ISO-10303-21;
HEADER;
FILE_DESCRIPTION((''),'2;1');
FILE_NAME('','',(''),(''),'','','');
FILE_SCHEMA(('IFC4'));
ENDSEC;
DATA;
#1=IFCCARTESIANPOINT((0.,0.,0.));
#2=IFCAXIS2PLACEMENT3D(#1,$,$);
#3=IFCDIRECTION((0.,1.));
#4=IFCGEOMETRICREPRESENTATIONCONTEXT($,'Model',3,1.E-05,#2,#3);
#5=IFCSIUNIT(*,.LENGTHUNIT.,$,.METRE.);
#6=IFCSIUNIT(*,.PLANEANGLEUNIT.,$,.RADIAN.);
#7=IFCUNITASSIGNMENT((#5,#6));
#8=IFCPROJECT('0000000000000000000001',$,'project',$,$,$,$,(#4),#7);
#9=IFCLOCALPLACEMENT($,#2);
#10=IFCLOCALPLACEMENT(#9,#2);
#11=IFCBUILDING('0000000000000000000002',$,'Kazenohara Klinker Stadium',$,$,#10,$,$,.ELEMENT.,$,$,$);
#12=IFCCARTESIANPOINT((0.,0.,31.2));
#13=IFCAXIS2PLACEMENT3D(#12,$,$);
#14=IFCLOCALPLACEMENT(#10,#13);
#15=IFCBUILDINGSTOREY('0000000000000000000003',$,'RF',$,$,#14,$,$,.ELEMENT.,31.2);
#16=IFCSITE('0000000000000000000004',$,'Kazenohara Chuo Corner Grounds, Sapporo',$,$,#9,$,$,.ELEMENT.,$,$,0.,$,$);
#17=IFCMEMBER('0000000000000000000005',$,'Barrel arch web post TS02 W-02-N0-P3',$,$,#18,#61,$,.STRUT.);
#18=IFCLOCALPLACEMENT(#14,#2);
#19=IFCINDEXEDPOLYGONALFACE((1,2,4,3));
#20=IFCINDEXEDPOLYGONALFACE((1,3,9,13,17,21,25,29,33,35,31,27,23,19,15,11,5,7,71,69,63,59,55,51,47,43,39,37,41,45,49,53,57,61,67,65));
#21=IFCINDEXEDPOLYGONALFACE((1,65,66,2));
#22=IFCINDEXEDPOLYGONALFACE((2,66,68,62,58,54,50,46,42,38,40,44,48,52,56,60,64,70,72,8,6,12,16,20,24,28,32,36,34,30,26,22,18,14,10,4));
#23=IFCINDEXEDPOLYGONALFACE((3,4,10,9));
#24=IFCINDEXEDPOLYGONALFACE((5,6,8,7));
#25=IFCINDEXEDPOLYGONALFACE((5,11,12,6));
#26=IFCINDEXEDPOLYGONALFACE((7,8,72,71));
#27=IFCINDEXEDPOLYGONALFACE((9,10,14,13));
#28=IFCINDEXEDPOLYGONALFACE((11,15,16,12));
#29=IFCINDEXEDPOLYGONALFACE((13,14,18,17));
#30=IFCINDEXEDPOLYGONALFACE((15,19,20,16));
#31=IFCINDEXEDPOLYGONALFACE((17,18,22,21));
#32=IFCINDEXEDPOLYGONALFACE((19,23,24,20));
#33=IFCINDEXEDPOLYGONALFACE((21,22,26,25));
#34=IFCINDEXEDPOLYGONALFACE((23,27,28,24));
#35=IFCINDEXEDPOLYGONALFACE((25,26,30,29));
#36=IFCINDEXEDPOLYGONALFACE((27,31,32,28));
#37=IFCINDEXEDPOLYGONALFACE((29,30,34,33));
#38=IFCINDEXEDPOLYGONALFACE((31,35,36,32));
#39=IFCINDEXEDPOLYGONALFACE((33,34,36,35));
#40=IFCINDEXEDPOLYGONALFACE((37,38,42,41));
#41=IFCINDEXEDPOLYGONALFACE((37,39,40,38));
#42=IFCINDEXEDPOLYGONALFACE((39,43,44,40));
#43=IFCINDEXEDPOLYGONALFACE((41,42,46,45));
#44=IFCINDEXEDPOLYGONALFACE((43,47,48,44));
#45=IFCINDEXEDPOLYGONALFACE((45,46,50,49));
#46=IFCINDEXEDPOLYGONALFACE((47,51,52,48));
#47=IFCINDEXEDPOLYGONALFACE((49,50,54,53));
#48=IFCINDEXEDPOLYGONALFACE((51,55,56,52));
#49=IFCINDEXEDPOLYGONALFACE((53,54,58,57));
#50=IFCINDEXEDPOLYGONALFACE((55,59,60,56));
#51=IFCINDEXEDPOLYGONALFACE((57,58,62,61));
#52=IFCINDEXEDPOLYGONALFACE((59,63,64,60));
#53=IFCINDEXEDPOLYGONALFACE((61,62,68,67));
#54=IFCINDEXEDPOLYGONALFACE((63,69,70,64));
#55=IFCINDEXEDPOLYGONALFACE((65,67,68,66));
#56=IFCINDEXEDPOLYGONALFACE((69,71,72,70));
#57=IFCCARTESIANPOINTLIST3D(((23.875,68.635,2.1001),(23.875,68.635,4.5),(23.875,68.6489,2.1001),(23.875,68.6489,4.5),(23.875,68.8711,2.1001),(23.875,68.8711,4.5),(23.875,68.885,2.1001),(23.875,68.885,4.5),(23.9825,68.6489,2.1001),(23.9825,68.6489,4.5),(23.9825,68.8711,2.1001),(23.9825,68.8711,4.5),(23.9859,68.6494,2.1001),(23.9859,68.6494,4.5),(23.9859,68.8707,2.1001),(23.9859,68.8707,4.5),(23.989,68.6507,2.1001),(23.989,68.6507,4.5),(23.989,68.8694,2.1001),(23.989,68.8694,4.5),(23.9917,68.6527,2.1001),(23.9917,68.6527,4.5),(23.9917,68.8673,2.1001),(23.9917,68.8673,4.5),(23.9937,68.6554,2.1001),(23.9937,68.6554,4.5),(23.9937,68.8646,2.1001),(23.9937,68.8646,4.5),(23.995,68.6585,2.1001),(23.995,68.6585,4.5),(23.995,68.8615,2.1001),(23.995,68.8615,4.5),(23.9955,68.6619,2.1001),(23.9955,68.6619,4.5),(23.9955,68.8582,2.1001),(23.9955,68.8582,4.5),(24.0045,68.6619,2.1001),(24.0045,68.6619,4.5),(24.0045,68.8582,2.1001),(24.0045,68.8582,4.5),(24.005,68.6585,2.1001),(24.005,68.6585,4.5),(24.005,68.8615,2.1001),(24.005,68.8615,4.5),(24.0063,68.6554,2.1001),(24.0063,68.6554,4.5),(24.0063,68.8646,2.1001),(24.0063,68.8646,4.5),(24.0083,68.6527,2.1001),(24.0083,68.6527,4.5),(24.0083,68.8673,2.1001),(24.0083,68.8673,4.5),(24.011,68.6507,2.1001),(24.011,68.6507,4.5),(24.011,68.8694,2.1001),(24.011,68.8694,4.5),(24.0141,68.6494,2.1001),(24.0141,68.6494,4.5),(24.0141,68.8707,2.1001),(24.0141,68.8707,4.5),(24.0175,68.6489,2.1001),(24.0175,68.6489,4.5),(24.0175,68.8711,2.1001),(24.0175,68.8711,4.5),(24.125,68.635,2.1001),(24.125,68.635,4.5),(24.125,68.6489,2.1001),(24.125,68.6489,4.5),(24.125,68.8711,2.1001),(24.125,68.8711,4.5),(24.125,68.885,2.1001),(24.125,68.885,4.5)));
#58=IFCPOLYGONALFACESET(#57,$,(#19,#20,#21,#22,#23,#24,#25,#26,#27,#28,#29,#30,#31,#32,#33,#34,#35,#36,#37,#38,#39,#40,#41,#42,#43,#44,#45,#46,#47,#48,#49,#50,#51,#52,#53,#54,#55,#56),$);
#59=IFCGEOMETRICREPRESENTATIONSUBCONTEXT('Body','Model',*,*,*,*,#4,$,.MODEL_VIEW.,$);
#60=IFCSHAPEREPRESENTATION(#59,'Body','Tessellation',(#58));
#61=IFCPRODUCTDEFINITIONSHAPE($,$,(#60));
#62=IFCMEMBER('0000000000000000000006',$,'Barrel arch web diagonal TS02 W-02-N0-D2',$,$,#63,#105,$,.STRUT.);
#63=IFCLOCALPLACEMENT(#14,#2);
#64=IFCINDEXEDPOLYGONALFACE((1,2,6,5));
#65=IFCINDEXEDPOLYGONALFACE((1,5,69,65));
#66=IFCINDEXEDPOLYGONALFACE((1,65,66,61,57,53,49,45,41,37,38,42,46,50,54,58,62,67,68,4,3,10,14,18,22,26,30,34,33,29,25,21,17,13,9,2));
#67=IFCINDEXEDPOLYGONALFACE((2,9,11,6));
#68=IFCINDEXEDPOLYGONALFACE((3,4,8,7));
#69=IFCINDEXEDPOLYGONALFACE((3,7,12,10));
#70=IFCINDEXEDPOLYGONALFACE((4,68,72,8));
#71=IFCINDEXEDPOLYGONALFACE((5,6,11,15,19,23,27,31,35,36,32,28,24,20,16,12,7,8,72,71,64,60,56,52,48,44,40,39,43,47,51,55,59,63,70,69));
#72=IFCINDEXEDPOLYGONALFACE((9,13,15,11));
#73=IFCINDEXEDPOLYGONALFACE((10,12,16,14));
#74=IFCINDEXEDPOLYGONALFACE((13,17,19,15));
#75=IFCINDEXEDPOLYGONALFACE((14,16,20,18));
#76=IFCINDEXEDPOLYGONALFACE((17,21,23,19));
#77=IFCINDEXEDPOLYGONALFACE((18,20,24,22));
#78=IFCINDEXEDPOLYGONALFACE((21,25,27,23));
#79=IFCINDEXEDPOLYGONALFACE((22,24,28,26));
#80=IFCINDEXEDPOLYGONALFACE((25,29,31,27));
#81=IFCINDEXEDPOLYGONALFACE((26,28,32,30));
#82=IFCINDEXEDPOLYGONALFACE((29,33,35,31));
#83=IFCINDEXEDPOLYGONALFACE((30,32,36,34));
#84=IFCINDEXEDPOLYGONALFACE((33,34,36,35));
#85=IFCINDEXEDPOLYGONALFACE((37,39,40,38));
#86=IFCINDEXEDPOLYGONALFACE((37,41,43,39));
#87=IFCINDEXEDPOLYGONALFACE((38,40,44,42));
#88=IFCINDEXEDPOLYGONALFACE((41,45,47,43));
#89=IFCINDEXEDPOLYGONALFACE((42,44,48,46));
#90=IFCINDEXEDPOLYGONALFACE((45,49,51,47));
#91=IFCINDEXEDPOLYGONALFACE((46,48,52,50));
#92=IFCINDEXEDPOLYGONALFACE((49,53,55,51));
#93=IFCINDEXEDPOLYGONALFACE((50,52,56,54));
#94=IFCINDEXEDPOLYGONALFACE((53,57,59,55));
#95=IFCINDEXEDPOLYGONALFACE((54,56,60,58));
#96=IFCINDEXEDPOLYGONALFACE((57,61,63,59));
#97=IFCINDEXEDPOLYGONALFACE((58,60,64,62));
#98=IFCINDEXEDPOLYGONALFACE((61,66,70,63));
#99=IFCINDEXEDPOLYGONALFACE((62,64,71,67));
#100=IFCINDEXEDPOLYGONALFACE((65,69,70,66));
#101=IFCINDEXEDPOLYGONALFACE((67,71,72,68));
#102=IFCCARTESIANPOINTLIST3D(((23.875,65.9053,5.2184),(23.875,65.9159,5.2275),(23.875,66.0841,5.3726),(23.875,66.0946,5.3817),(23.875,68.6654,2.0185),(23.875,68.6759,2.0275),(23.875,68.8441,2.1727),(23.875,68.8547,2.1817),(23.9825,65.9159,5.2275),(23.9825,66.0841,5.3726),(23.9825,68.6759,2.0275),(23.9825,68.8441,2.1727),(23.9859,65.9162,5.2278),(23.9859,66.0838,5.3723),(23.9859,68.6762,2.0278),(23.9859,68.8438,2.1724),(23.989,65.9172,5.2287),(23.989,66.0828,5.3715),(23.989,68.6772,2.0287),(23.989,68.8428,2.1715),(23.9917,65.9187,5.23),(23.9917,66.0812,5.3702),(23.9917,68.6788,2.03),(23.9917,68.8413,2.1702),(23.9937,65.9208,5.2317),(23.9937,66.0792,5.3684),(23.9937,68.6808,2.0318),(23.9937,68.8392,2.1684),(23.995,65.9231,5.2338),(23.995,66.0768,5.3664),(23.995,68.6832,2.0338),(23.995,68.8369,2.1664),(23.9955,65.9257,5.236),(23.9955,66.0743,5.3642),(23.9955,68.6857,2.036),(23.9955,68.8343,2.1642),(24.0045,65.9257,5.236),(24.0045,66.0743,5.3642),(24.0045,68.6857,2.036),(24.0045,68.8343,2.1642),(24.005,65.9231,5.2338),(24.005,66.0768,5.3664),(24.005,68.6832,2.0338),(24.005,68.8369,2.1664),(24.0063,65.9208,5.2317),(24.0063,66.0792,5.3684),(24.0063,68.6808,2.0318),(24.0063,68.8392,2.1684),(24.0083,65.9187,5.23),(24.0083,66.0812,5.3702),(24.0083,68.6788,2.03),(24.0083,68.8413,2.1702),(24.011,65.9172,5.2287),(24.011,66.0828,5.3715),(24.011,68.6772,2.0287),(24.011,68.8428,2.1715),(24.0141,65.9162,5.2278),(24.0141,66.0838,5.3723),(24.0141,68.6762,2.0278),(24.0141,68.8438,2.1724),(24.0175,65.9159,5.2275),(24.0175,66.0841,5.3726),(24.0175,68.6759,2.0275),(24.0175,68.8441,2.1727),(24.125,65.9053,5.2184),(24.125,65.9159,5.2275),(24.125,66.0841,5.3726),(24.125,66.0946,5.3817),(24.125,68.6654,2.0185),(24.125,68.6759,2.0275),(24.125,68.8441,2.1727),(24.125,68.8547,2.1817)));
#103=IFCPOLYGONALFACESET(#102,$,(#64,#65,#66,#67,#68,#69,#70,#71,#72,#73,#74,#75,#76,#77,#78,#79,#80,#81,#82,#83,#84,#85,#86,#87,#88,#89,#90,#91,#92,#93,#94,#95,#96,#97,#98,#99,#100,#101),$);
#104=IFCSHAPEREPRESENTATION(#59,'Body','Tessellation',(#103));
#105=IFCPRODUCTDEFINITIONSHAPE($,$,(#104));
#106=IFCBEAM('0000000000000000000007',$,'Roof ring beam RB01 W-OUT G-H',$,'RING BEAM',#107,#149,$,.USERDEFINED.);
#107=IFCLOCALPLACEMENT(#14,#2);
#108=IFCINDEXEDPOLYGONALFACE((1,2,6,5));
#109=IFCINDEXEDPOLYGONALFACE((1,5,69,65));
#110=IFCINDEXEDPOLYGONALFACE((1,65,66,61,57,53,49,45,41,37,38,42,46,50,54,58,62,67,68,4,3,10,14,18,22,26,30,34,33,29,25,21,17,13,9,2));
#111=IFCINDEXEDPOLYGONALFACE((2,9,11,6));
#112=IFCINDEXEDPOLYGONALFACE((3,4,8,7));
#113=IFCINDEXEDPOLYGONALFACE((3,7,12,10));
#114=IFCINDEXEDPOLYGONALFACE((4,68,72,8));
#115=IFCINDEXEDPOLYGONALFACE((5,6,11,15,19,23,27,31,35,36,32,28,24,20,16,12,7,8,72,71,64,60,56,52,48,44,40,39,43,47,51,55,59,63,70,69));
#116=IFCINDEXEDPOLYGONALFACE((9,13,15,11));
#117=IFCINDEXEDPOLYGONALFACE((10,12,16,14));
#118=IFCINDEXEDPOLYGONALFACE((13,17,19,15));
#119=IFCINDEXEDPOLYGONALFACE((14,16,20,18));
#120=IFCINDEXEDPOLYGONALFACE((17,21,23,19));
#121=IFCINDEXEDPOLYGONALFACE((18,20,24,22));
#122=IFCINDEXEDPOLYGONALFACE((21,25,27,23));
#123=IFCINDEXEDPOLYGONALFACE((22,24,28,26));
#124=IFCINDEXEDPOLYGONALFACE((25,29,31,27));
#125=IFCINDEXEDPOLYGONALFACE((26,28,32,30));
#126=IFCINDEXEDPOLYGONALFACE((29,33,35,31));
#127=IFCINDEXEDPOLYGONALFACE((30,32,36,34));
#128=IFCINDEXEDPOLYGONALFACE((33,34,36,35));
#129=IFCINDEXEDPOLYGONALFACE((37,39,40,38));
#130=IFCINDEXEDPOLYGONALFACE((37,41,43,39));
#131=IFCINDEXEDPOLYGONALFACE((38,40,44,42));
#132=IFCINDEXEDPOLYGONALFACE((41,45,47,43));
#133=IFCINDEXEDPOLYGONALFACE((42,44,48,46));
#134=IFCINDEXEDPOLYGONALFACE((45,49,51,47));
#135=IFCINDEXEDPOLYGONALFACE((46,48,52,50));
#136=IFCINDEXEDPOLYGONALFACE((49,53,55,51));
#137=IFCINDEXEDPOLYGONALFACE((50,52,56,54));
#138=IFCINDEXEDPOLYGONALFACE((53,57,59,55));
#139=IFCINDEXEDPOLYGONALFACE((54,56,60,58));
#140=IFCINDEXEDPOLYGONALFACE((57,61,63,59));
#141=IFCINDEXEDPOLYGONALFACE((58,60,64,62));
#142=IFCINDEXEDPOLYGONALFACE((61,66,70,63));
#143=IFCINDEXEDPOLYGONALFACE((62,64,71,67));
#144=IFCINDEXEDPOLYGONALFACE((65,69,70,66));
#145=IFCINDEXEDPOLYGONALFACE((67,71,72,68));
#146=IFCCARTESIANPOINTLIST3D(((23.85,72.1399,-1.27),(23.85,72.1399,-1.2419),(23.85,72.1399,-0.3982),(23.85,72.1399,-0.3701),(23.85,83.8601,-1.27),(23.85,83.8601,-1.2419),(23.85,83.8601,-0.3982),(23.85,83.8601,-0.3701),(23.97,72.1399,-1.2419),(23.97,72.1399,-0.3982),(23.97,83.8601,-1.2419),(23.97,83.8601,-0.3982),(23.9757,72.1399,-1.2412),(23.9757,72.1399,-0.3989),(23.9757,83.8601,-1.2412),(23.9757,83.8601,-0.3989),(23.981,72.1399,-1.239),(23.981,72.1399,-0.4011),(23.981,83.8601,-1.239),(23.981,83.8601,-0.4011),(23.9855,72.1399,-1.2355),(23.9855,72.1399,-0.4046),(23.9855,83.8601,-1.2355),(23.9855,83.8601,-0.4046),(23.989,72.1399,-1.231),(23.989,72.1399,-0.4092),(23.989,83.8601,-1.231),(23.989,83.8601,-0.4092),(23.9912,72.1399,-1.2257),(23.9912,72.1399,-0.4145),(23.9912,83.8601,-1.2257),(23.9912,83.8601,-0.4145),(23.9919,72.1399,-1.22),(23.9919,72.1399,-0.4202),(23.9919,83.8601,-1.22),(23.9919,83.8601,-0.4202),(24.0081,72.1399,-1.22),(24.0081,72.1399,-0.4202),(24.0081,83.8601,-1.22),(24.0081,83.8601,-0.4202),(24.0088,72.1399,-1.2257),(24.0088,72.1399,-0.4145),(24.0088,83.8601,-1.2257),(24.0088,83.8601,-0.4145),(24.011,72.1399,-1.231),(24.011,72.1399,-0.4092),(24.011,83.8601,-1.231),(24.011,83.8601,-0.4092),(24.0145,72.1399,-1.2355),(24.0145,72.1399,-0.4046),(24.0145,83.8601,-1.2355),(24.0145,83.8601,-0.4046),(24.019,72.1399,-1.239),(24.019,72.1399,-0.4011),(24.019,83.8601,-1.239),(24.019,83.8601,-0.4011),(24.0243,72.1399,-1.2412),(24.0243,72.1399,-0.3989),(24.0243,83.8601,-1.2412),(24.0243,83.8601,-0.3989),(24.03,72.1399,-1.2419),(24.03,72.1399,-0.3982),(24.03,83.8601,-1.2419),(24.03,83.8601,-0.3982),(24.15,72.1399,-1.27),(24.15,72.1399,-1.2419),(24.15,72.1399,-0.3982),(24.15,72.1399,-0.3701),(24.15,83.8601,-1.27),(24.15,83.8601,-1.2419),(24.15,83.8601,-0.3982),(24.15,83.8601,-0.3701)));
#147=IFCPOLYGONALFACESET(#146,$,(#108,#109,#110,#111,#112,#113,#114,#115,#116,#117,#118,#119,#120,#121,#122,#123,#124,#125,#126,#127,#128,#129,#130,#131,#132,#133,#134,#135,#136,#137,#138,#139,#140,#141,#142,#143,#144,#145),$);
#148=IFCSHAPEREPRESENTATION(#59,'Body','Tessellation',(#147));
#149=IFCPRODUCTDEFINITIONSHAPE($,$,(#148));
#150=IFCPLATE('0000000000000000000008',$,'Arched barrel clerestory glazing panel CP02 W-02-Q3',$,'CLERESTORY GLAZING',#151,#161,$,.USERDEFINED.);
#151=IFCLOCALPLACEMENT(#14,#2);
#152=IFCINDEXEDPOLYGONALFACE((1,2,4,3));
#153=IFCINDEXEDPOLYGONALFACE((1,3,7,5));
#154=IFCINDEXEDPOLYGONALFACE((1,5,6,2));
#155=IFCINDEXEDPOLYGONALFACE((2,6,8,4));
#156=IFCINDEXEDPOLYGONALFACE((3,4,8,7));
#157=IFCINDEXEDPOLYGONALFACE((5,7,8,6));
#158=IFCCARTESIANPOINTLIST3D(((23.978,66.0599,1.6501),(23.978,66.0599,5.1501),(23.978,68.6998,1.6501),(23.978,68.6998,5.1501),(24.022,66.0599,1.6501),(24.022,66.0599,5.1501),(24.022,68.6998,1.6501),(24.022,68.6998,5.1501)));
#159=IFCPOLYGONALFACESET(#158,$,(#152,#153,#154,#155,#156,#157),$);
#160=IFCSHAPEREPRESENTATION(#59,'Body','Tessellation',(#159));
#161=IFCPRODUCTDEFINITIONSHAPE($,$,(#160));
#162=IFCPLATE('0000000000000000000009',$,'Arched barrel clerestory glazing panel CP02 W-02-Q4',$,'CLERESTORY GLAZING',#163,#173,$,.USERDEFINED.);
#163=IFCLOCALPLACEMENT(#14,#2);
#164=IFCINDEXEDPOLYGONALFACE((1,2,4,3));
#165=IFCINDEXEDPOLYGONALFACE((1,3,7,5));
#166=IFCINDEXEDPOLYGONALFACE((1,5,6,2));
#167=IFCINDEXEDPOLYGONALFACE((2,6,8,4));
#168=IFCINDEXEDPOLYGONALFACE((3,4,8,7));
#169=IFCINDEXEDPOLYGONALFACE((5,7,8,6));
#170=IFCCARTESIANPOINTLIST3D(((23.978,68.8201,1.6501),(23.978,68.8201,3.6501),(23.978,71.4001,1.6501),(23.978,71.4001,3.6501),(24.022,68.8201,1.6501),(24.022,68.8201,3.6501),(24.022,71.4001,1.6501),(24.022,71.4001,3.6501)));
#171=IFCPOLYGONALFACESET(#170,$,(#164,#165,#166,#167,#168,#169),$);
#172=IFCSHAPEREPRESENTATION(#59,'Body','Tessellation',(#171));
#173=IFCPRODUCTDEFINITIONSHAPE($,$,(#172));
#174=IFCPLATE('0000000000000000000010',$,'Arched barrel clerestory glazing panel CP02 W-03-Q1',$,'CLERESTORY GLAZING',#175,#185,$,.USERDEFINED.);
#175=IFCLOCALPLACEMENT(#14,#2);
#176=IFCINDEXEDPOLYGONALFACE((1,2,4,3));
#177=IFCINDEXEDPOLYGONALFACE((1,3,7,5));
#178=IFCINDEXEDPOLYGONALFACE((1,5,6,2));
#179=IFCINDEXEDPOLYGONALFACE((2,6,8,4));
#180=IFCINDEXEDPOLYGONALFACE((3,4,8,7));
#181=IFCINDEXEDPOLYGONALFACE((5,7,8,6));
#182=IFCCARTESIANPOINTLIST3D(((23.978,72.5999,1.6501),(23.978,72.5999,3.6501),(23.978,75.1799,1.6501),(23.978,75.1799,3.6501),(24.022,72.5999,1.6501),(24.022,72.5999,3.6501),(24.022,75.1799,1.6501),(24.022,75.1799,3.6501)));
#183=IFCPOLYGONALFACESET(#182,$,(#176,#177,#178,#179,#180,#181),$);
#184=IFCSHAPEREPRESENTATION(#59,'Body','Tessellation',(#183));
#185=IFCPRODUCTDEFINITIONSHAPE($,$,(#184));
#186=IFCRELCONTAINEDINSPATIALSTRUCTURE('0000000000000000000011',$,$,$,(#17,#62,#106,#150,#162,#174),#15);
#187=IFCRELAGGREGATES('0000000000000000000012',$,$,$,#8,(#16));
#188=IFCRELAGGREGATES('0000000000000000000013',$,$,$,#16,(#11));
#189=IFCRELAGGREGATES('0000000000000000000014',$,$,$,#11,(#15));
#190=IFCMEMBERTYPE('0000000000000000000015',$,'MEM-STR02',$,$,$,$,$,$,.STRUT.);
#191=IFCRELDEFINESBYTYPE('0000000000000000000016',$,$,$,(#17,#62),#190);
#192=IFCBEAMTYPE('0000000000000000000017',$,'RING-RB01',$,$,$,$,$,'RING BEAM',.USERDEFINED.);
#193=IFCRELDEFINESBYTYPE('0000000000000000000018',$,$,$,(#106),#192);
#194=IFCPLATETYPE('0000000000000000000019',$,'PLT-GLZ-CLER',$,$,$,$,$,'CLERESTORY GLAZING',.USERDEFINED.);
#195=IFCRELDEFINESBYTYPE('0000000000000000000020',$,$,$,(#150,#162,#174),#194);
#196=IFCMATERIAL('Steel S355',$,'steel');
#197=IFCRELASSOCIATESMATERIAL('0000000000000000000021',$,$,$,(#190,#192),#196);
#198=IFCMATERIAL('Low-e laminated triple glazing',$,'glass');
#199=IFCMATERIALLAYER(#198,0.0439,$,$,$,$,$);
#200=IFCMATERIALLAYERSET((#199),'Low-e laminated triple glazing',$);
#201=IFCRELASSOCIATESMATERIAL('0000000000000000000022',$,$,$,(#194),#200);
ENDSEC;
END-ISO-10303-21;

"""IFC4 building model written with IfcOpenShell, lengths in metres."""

from ifc_helpers import new_model, si_unit, direction, frame, origin, origin_2d, place, context, subcontext, project, spatial, rectangle, i_section, extrude, material, layer, layer_set, material_profile, profile_set, type_object, element, save


model = new_model("IFC4")

# Units and contexts
model_context = context("Model", 3, precision=1e-05, world=origin(), true_north=direction((0.0, 1.0)))
body_context = subcontext(model_context, "Body", "Model", "MODEL_VIEW")
ifc_project = project(units=[si_unit("LENGTHUNIT", "METRE"), si_unit("PLANEANGLEUNIT", "RADIAN")], contexts=[model_context])

# Site, building, storey
site_placement = place(None, origin())
site = spatial("IfcSite", under=ifc_project, at=site_placement, Name="Kazenohara Chuo Corner Grounds, Sapporo", CompositionType="ELEMENT", RefElevation=0.0)
building_placement = place(site_placement, origin())
building = spatial("IfcBuilding", under=site, at=building_placement, Name="Kazenohara Klinker Stadium", CompositionType="ELEMENT")
storey_placement = place(building_placement, frame((0.0, 0.0, 31.2)))
storey = spatial("IfcBuildingStorey", under=building, at=storey_placement, Name="RF", CompositionType="ELEMENT", Elevation=31.2)

# Members
ifc_material_1 = material(Name="Steel S355", Category="steel")
ifc_material_profile_1 = material_profile(ifc_material_1, i_section(OverallWidth=0.25, OverallDepth=0.25, WebThickness=0.009, FlangeThickness=0.0139, FilletRadius=0.0129, at=origin_2d()), Name="H-250x250x9x14")
ifc_profile_set_1 = profile_set([ifc_material_profile_1], Name="Steel S355")
member_type_1 = type_object("IfcMemberType", Name="MEM-STR02", PredefinedType="STRUT", material=ifc_profile_set_1)
member_1_placement = place(storey_placement, frame((24.0, 68.76, 2.1001), z_axis=(0.0, 0.0, 1.0), x_axis=(1.0, 0.0, 0.0)))
element("IfcMember", 1, at=member_1_placement, inside=storey, type_object=member_type_1, Name="Barrel arch web post TS02 W-02-N0-P3", PredefinedType="STRUT", context=body_context, shape_type="SweptSolid", body=[
    extrude(i_section(OverallWidth=0.25, OverallDepth=0.25, WebThickness=0.009, FlangeThickness=0.0139, FilletRadius=0.0129, at=origin_2d()), origin(), (0.0, 0.0, 1.0), 2.3999),
])
member_2_placement = place(storey_placement, frame((24.0, 68.76, 2.1001), z_axis=(0.0, -0.653134, 0.757242), x_axis=(1.0, 0.0, 0.0)))
element("IfcMember", 2, at=member_2_placement, inside=storey, type_object=member_type_1, Name="Barrel arch web diagonal TS02 W-02-N0-D2", PredefinedType="STRUT", context=body_context, shape_type="SweptSolid", body=[
    extrude(i_section(OverallWidth=0.25, OverallDepth=0.25, WebThickness=0.009, FlangeThickness=0.0139, FilletRadius=0.0129, at=origin_2d()), origin(), (0.0, 0.0, 1.0), 4.2258),
])

# Beam
ifc_material_profile_2 = material_profile(ifc_material_1, i_section(OverallWidth=0.3, OverallDepth=0.8999, WebThickness=0.0161, FlangeThickness=0.0281, FilletRadius=0.022, at=origin_2d()), Name="H-900x300x16x28")
ifc_profile_set_2 = profile_set([ifc_material_profile_2], Name="Steel S355")
beam_type = type_object("IfcBeamType", Name="RING-RB01", ElementType="RING BEAM", PredefinedType="USERDEFINED", material=ifc_profile_set_2)
beam_placement = place(storey_placement, frame((24.0, 72.1399, -0.8201), z_axis=(0.0, 1.0, 0.0), x_axis=(-1.0, 0.0, 0.0)))
element("IfcBeam", 3, at=beam_placement, inside=storey, type_object=beam_type, Name="Roof ring beam RB01 W-OUT G-H", ObjectType="RING BEAM", PredefinedType="USERDEFINED", context=body_context, shape_type="SweptSolid", body=[
    extrude(i_section(OverallWidth=0.3, OverallDepth=0.8999, WebThickness=0.0161, FlangeThickness=0.0281, FilletRadius=0.022, at=origin_2d()), origin(), (0.0, 0.0, 1.0), 11.7202),
])

# Plates
ifc_material_2 = material(Name="Low-e laminated triple glazing", Category="glass")
ifc_layer_1 = layer(ifc_material_2, 0.0439)
ifc_layer_set_1 = layer_set([ifc_layer_1], Name="Low-e laminated triple glazing")
plate_type_1 = type_object("IfcPlateType", Name="PLT-GLZ-CLER", ElementType="CLERESTORY GLAZING", PredefinedType="USERDEFINED", material=ifc_layer_set_1)
plate_1_placement = place(storey_placement, frame((24.0, 67.3799, 1.6501), z_axis=(0.0, 0.0, 1.0), x_axis=(1.0, 0.0, 0.0)))
element("IfcPlate", 4, at=plate_1_placement, inside=storey, type_object=plate_type_1, Name="Arched barrel clerestory glazing panel CP02 W-02-Q3", ObjectType="CLERESTORY GLAZING", PredefinedType="USERDEFINED", context=body_context, shape_type="SweptSolid", body=[
    extrude(rectangle(XDim=0.0439, YDim=2.6399, at=origin_2d()), origin(), (0.0, 0.0, 1.0), 3.5),
])
for number, where, z_axis, x_axis, name in (
    (5, (24.0, 70.1101, 1.6501), (0.0, 0.0, 1.0), (1.0, 0.0, 0.0), "Arched barrel clerestory glazing panel CP02 W-02-Q4"),
    (6, (24.0, 73.8899, 1.6501), (0.0, 0.0, 1.0), (1.0, 0.0, 0.0), "Arched barrel clerestory glazing panel CP02 W-03-Q1"),
):
    element("IfcPlate", number, at=place(storey_placement, frame(where, z_axis=z_axis, x_axis=x_axis)), inside=storey, type_object=plate_type_1, Name=name, ObjectType="CLERESTORY GLAZING", PredefinedType="USERDEFINED", context=body_context, shape_type="SweptSolid", body=[
        extrude(rectangle(XDim=0.0439, YDim=2.5801, at=origin_2d()), origin(), (0.0, 0.0, 1.0), 2.0),
    ])

save(model, "model.ifc")
